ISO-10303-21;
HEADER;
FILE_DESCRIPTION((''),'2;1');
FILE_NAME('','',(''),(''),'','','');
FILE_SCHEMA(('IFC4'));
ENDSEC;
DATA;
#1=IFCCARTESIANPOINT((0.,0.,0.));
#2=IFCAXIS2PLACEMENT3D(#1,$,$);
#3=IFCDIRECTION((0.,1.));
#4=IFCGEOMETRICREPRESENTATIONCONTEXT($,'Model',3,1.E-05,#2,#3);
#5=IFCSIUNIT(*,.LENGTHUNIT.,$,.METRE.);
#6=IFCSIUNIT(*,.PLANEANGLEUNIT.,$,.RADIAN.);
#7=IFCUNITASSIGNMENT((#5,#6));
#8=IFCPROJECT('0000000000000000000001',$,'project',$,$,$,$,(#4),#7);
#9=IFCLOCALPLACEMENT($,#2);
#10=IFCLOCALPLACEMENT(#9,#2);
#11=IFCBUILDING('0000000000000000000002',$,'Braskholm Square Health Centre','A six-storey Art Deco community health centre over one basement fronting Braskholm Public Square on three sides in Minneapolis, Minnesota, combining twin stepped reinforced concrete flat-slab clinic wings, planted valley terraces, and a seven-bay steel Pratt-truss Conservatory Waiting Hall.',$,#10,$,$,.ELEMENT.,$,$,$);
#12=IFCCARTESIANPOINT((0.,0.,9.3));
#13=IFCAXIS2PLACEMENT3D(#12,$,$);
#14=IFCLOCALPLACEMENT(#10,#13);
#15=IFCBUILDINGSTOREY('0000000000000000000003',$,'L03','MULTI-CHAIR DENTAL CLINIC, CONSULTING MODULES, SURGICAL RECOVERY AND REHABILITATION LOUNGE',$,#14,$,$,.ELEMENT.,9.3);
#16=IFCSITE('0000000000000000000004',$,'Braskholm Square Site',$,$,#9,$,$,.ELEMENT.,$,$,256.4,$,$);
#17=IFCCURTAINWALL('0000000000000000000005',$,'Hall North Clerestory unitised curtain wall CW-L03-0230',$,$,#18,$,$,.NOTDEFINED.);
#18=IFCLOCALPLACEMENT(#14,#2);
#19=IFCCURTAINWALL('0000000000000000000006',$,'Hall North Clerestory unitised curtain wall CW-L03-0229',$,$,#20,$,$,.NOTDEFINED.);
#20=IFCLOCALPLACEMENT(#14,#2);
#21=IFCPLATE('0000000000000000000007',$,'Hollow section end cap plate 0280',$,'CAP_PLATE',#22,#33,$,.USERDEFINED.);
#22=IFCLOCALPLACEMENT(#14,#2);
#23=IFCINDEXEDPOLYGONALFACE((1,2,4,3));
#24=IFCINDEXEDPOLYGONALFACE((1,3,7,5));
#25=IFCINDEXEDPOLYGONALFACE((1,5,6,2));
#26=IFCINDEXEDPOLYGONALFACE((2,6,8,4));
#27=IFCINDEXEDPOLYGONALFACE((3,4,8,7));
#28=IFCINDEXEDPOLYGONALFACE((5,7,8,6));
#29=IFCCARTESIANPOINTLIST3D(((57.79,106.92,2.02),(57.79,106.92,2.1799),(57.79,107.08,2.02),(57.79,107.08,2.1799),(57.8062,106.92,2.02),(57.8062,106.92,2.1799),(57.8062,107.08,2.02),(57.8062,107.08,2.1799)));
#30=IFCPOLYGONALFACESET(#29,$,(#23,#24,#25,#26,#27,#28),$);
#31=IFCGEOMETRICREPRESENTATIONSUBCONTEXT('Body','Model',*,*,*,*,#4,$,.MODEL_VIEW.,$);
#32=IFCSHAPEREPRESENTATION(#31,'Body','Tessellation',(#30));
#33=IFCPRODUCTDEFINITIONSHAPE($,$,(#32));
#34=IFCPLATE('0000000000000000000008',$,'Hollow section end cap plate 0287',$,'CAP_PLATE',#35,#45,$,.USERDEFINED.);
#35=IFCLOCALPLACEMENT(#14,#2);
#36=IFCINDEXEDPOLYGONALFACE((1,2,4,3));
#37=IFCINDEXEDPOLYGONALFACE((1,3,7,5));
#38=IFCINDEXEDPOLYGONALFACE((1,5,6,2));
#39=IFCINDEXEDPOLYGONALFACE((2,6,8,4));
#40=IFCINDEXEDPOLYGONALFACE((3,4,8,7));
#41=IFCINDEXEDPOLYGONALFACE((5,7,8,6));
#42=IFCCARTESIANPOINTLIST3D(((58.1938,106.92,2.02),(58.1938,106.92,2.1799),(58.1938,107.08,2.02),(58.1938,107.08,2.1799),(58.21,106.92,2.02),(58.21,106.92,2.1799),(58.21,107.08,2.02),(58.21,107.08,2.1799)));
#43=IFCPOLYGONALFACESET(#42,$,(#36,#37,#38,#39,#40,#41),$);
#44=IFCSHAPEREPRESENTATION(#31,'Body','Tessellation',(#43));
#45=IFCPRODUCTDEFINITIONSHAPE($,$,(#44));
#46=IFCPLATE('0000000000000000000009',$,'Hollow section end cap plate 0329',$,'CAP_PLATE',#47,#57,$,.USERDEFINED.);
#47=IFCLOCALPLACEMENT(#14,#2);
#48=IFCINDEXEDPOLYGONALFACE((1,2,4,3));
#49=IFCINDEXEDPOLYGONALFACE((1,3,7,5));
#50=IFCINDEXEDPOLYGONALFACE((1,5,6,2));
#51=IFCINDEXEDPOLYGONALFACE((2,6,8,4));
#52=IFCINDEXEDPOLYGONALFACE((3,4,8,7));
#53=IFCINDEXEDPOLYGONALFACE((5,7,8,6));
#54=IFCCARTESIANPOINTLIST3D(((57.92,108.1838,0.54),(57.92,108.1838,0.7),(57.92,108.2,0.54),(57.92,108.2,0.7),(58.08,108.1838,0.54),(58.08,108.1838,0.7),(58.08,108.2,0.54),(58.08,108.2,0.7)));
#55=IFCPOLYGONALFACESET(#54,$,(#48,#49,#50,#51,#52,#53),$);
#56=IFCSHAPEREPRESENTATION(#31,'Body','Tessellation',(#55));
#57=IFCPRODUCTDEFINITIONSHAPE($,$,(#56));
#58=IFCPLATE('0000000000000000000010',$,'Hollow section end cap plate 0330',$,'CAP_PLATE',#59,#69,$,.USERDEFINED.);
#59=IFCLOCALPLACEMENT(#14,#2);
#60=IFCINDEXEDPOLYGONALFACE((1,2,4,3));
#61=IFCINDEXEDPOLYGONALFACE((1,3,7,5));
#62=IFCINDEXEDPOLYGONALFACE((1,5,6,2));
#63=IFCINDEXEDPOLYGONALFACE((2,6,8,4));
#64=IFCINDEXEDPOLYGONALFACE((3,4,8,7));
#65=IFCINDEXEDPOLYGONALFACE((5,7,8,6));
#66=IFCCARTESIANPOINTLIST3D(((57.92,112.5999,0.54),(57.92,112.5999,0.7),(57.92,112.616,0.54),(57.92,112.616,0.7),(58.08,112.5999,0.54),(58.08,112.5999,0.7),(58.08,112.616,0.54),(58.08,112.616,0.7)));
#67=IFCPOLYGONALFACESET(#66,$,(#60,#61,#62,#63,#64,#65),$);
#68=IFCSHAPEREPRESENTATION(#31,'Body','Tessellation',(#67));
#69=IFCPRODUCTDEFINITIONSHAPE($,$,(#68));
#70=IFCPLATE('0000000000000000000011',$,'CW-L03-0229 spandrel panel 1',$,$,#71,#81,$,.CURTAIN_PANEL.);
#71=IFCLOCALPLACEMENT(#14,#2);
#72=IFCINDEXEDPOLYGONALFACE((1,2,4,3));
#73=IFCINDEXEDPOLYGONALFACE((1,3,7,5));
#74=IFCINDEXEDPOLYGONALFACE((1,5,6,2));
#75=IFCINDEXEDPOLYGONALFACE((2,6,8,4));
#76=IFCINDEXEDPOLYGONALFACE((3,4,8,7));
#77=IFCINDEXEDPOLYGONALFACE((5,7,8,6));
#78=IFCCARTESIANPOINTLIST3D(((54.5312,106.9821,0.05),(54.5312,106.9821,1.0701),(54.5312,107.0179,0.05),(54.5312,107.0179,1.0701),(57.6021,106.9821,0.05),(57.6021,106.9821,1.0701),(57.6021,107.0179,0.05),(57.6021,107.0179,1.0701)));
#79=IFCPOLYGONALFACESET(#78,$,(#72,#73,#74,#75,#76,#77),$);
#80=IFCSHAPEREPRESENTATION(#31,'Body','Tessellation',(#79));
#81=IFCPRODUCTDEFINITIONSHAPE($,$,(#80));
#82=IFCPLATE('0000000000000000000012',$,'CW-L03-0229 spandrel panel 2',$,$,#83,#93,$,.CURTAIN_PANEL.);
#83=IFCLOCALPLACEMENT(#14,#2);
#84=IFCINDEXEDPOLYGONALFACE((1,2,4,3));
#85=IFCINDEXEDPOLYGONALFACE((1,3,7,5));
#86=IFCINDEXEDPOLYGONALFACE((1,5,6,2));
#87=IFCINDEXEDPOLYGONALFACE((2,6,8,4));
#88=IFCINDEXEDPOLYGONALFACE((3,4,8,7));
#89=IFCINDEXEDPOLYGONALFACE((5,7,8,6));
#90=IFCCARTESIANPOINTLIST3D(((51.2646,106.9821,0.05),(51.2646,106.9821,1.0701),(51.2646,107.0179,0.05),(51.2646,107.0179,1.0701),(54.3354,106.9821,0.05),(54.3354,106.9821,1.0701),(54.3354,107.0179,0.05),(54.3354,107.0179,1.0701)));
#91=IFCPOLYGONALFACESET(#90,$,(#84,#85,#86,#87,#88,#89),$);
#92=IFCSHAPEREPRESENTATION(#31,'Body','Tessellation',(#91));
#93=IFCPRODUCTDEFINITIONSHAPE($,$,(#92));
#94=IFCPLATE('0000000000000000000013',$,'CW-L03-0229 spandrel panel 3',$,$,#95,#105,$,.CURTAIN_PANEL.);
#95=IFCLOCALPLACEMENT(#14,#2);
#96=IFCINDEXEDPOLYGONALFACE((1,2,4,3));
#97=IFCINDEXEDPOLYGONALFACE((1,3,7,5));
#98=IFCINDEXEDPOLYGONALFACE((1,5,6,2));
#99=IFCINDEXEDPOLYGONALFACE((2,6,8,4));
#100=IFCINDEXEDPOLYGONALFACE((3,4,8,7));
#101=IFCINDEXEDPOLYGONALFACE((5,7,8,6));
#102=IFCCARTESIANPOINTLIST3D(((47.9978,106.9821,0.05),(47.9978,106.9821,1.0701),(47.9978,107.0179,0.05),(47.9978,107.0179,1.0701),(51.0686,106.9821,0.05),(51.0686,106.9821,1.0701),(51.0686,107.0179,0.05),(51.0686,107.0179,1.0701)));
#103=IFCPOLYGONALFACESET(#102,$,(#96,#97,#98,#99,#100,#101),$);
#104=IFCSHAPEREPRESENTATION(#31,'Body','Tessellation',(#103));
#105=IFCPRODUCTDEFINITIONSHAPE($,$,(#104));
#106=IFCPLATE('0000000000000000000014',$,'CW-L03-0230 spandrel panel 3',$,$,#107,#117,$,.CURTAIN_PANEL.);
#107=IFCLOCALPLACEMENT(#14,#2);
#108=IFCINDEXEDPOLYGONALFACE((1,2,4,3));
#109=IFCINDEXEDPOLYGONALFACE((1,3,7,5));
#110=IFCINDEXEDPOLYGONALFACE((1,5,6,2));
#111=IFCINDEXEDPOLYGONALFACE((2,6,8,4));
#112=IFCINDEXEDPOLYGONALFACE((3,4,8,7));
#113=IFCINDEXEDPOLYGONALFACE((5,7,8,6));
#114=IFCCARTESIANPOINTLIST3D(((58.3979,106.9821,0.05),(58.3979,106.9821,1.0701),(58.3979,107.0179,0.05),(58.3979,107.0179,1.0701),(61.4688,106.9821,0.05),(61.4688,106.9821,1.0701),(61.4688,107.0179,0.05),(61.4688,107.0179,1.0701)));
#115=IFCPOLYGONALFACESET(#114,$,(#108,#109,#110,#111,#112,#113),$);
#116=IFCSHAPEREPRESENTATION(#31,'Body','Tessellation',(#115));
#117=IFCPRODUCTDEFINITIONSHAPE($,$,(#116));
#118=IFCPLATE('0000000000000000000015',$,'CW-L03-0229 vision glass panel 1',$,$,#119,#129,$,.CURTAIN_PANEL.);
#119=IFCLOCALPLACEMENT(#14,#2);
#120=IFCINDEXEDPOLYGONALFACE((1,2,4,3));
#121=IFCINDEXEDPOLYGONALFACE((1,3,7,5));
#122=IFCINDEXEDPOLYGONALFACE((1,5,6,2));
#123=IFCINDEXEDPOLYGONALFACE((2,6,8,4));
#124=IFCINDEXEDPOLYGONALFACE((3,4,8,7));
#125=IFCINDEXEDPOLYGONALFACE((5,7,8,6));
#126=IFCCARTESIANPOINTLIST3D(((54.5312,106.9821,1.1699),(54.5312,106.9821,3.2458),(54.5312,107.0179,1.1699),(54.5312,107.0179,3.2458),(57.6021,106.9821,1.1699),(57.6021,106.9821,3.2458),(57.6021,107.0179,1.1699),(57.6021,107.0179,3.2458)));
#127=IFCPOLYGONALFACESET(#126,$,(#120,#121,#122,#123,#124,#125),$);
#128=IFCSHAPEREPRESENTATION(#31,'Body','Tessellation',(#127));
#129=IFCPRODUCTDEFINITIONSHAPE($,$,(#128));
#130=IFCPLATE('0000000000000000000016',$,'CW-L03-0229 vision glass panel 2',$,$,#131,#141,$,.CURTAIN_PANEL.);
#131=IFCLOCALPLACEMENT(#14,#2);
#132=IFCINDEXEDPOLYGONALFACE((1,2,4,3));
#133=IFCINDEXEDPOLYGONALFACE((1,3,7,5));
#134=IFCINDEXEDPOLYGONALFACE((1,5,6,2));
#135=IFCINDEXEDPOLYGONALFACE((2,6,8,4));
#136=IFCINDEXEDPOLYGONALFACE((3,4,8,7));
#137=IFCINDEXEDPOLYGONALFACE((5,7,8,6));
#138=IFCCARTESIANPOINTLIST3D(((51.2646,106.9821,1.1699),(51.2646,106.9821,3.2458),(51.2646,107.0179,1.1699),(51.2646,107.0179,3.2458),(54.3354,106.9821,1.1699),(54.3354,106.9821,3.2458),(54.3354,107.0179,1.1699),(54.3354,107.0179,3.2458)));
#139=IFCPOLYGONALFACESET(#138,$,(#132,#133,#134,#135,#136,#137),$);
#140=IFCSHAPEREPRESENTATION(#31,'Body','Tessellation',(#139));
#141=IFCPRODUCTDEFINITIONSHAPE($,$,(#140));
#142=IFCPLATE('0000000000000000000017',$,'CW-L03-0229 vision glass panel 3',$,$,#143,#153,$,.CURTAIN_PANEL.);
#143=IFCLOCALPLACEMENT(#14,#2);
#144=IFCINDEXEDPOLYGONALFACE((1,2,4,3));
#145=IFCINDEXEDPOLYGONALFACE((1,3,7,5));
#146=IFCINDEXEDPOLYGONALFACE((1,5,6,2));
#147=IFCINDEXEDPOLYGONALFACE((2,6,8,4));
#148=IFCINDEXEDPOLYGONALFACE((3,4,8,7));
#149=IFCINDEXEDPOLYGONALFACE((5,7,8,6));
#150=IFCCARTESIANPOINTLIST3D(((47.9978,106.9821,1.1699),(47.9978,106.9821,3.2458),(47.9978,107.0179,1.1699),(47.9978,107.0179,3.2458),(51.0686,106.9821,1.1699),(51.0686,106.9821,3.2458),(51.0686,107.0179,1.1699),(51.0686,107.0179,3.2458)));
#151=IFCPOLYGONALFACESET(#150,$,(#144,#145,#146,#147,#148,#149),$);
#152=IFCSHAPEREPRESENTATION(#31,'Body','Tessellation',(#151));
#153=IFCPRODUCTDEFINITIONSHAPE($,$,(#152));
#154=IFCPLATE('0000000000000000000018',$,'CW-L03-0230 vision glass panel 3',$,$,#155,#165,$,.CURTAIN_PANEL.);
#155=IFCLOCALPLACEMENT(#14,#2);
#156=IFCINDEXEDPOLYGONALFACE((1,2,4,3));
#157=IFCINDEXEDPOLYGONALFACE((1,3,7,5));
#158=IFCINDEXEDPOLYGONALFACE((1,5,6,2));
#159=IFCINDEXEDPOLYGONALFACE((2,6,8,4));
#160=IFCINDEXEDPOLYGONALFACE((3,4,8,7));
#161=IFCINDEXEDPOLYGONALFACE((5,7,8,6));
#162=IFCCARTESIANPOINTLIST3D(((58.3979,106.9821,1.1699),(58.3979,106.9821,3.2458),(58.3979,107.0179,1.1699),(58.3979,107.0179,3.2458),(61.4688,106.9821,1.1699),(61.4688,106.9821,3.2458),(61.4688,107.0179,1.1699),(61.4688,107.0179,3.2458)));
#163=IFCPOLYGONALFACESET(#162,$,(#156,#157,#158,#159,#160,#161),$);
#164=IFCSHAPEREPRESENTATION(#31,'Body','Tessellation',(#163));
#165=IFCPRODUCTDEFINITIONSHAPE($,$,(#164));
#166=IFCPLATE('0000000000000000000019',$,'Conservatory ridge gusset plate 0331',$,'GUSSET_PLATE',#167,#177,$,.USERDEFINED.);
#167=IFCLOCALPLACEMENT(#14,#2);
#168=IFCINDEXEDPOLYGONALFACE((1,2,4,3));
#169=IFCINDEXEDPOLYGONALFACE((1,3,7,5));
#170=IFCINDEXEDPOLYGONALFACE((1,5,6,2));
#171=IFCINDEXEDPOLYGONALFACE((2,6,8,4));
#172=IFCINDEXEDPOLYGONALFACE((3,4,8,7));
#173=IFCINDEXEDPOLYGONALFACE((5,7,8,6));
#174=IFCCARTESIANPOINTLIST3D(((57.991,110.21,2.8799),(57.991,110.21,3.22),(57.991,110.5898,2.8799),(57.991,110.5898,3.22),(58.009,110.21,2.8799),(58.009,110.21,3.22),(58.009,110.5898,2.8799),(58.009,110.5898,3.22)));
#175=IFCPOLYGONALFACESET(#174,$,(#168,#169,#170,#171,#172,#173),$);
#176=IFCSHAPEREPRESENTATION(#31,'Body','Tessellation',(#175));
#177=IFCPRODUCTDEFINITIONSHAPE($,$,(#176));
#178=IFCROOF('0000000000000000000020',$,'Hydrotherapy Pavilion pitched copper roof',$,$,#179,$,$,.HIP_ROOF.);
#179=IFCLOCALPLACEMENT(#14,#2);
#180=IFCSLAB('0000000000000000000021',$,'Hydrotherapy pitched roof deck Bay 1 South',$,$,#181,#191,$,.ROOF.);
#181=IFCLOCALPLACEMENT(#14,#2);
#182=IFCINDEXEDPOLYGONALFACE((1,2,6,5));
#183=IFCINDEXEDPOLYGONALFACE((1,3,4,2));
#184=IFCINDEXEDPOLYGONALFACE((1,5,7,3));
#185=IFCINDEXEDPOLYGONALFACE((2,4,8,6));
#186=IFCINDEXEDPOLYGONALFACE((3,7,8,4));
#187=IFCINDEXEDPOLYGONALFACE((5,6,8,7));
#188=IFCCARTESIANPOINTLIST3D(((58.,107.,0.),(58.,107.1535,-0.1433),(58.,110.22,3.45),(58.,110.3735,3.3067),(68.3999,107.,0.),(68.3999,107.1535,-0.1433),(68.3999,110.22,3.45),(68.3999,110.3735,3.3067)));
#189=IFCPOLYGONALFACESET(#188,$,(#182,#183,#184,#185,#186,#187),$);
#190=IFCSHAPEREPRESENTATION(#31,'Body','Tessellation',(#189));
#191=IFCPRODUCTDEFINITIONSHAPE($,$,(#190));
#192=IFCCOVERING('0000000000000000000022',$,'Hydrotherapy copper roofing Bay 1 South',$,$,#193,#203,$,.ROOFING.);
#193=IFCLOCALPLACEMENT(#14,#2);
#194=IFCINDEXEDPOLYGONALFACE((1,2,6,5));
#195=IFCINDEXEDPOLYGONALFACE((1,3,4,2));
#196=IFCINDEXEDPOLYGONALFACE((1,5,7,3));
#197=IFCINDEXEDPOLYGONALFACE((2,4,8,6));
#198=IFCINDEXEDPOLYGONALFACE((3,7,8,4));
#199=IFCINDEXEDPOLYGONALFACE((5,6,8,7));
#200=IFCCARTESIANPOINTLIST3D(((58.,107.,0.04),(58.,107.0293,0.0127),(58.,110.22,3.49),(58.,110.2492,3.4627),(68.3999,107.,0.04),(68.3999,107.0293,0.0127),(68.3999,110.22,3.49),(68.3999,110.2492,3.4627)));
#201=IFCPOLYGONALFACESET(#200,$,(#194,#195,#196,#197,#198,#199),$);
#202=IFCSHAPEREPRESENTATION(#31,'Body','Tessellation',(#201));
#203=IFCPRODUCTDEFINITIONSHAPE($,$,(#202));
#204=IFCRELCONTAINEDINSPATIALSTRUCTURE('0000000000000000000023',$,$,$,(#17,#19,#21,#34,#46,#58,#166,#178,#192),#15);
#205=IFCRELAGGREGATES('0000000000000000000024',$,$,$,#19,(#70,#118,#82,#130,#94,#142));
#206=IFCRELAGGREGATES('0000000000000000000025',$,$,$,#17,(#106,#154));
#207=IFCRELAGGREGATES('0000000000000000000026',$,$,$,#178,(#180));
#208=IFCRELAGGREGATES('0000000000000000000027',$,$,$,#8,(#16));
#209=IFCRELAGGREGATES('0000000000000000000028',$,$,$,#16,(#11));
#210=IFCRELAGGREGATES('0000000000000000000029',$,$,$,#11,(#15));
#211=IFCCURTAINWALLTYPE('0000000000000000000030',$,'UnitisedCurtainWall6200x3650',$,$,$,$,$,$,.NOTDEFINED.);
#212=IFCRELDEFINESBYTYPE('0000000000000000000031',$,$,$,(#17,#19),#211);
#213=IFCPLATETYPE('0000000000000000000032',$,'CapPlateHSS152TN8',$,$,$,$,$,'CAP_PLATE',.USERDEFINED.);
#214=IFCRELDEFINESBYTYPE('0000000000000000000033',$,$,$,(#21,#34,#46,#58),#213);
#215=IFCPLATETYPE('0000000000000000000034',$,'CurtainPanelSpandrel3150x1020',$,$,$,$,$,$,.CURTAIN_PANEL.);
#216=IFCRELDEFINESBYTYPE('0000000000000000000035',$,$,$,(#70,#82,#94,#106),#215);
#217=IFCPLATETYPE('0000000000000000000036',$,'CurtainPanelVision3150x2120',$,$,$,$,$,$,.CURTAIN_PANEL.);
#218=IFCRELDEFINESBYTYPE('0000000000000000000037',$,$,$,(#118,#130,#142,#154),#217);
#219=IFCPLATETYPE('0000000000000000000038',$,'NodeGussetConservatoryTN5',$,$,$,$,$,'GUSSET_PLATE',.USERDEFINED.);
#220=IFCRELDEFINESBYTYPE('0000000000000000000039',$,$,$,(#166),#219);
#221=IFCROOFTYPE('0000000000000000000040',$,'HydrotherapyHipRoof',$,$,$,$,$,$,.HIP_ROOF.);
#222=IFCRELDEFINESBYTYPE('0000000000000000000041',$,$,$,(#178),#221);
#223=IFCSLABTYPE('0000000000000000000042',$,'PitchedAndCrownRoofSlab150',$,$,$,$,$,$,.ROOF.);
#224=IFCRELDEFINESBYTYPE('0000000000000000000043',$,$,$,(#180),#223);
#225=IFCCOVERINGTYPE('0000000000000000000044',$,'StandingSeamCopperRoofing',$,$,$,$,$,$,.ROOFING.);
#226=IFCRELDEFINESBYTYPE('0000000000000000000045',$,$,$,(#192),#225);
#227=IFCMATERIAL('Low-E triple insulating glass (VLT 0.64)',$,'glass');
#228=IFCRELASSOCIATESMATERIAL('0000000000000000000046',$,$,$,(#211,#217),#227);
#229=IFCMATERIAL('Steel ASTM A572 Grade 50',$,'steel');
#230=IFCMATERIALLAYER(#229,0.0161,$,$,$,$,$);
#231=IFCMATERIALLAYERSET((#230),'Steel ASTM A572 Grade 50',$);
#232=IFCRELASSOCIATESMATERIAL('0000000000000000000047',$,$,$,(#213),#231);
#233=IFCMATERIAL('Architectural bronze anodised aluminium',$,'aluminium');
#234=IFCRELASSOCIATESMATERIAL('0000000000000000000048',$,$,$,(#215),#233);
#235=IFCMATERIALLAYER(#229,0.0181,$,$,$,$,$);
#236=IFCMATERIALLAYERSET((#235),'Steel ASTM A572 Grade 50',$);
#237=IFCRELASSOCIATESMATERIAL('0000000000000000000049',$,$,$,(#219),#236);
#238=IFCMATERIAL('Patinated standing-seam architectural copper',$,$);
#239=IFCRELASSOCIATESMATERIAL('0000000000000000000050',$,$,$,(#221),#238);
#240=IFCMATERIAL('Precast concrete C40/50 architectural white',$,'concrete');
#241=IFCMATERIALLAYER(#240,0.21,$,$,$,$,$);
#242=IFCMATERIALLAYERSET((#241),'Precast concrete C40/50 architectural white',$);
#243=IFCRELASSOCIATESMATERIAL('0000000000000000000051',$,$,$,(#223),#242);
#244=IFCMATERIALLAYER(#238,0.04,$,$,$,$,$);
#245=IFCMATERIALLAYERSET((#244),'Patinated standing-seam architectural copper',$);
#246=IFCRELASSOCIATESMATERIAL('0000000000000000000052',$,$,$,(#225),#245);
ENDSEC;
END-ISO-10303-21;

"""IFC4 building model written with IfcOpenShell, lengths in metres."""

from ifc_helpers import new_model, si_unit, direction, frame, origin, origin_2d, place, context, subcontext, project, spatial, polyline, rectangle, outline, extrude, material, layer, layer_set, type_object, element, aggregate, save


model = new_model("IFC4")

# Units and contexts
model_context = context("Model", 3, precision=1e-05, world=origin(), true_north=direction((0.0, 1.0)))
body_context = subcontext(model_context, "Body", "Model", "MODEL_VIEW")
ifc_project = project(units=[si_unit("LENGTHUNIT", "METRE"), si_unit("PLANEANGLEUNIT", "RADIAN")], contexts=[model_context])

# Site, building, storey
site_placement = place(None, origin())
site = spatial("IfcSite", under=ifc_project, at=site_placement, Name="Braskholm Square Site", CompositionType="ELEMENT", RefElevation=256.4)
building_placement = place(site_placement, origin())
building = spatial("IfcBuilding", under=site, at=building_placement, Name="Braskholm Square Health Centre", Description="A six-storey Art Deco community health centre over one basement fronting Braskholm Public Square on three sides in Minneapolis, Minnesota, combining twin stepped reinforced concrete flat-slab clinic wings, planted valley terraces, and a seven-bay steel Pratt-truss Conservatory Waiting Hall.", CompositionType="ELEMENT")
storey_placement = place(building_placement, frame((0.0, 0.0, 9.3)))
storey = spatial("IfcBuildingStorey", under=building, at=storey_placement, Name="L03", Description="MULTI-CHAIR DENTAL CLINIC, CONSULTING MODULES, SURGICAL RECOVERY AND REHABILITATION LOUNGE", CompositionType="ELEMENT", Elevation=9.3)

# Curtain walls
ifc_material_1 = material(Name="Low-E triple insulating glass (VLT 0.64)", Category="glass")
curtain_wall_type = type_object("IfcCurtainWallType", Name="UnitisedCurtainWall6200x3650", PredefinedType="NOTDEFINED", material=ifc_material_1)
curtain_wall_1_placement = place(storey_placement, origin())
curtain_wall_1 = element("IfcCurtainWall", 1, at=curtain_wall_1_placement, inside=storey, type_object=curtain_wall_type, Name="Hall North Clerestory unitised curtain wall CW-L03-0230", PredefinedType="NOTDEFINED")
ifc_material_2 = material(Name="Architectural bronze anodised aluminium", Category="aluminium")
curtain_wall_2_placement = place(storey_placement, origin())
curtain_wall_2 = element("IfcCurtainWall", 2, at=curtain_wall_2_placement, inside=storey, type_object=curtain_wall_type, Name="Hall North Clerestory unitised curtain wall CW-L03-0229", PredefinedType="NOTDEFINED")

# Plates
ifc_material_3 = material(Name="Steel ASTM A572 Grade 50", Category="steel")
ifc_layer_1 = layer(ifc_material_3, 0.0161)
ifc_layer_set_1 = layer_set([ifc_layer_1], Name="Steel ASTM A572 Grade 50")
plate_type_1 = type_object("IfcPlateType", Name="CapPlateHSS152TN8", ElementType="CAP_PLATE", PredefinedType="USERDEFINED", material=ifc_layer_set_1)
for number, where, z_axis, x_axis, name in (
    (3, (57.7981, 107.0, 2.02), (0.0, 0.0, 1.0), (1.0, 0.0, 0.0), "Hollow section end cap plate 0280"),
    (4, (58.2019, 107.0, 2.02), (0.0, 0.0, 1.0), (1.0, 0.0, 0.0), "Hollow section end cap plate 0287"),
    (5, (58.0, 108.1919, 0.54), (0.0, 0.0, 1.0), (0.0, 1.0, 0.0), "Hollow section end cap plate 0329"),
    (6, (58.0, 112.6079, 0.54), (0.0, 0.0, 1.0), (0.0, 1.0, 0.0), "Hollow section end cap plate 0330"),
):
    element("IfcPlate", number, at=place(storey_placement, frame(where, z_axis=z_axis, x_axis=x_axis)), inside=storey, type_object=plate_type_1, Name=name, ObjectType="CAP_PLATE", PredefinedType="USERDEFINED", context=body_context, shape_type="SweptSolid", body=[
        extrude(rectangle(XDim=0.0161, YDim=0.1599, at=origin_2d()), origin(), (0.0, 0.0, 1.0), 0.1599),
    ])

# Plates
plate_type_2 = type_object("IfcPlateType", Name="CurtainPanelSpandrel3150x1020", PredefinedType="CURTAIN_PANEL", material=ifc_material_2)
plate_1_placement = place(storey_placement, frame((56.0667, 107.0, 0.05), z_axis=(0.0, 0.0, 1.0), x_axis=(-1.0, 0.0, 0.0)))
plate_1 = element("IfcPlate", 7, at=plate_1_placement, type_object=plate_type_2, Name="CW-L03-0229 spandrel panel 1", PredefinedType="CURTAIN_PANEL", context=body_context, shape_type="SweptSolid", body=[
    extrude(rectangle(XDim=3.0708, YDim=0.0359, at=origin_2d()), origin(), (0.0, 0.0, 1.0), 1.02),
])
plate_2_placement = place(storey_placement, frame((52.8, 107.0, 0.05), z_axis=(0.0, 0.0, 1.0), x_axis=(-1.0, 0.0, 0.0)))
plate_2 = element("IfcPlate", 8, at=plate_2_placement, type_object=plate_type_2, Name="CW-L03-0229 spandrel panel 2", PredefinedType="CURTAIN_PANEL", context=body_context, shape_type="SweptSolid", body=[
    extrude(rectangle(XDim=3.0708, YDim=0.0359, at=origin_2d()), origin(), (0.0, 0.0, 1.0), 1.02),
])
plate_3_placement = place(storey_placement, frame((49.5332, 107.0, 0.05), z_axis=(0.0, 0.0, 1.0), x_axis=(-1.0, 0.0, 0.0)))
plate_3 = element("IfcPlate", 9, at=plate_3_placement, type_object=plate_type_2, Name="CW-L03-0229 spandrel panel 3", PredefinedType="CURTAIN_PANEL", context=body_context, shape_type="SweptSolid", body=[
    extrude(rectangle(XDim=3.0708, YDim=0.0359, at=origin_2d()), origin(), (0.0, 0.0, 1.0), 1.02),
])
plate_4_placement = place(storey_placement, frame((59.9333, 107.0, 0.05), z_axis=(0.0, 0.0, 1.0), x_axis=(-1.0, 0.0, 0.0)))
plate_4 = element("IfcPlate", 10, at=plate_4_placement, type_object=plate_type_2, Name="CW-L03-0230 spandrel panel 3", PredefinedType="CURTAIN_PANEL", context=body_context, shape_type="SweptSolid", body=[
    extrude(rectangle(XDim=3.0708, YDim=0.0359, at=origin_2d()), origin(), (0.0, 0.0, 1.0), 1.02),
])
plate_type_3 = type_object("IfcPlateType", Name="CurtainPanelVision3150x2120", PredefinedType="CURTAIN_PANEL", material=ifc_material_1)
plate_5_placement = place(storey_placement, frame((56.0667, 107.0, 1.1699), z_axis=(0.0, 0.0, 1.0), x_axis=(-1.0, 0.0, 0.0)))
plate_5 = element("IfcPlate", 11, at=plate_5_placement, type_object=plate_type_3, Name="CW-L03-0229 vision glass panel 1", PredefinedType="CURTAIN_PANEL", context=body_context, shape_type="SweptSolid", body=[
    extrude(rectangle(XDim=3.0708, YDim=0.0359, at=origin_2d()), origin(), (0.0, 0.0, 1.0), 2.0759),
])
plate_6_placement = place(storey_placement, frame((52.8, 107.0, 1.1699), z_axis=(0.0, 0.0, 1.0), x_axis=(-1.0, 0.0, 0.0)))
plate_6 = element("IfcPlate", 12, at=plate_6_placement, type_object=plate_type_3, Name="CW-L03-0229 vision glass panel 2", PredefinedType="CURTAIN_PANEL", context=body_context, shape_type="SweptSolid", body=[
    extrude(rectangle(XDim=3.0708, YDim=0.0359, at=origin_2d()), origin(), (0.0, 0.0, 1.0), 2.0759),
])
plate_7_placement = place(storey_placement, frame((49.5332, 107.0, 1.1699), z_axis=(0.0, 0.0, 1.0), x_axis=(-1.0, 0.0, 0.0)))
plate_7 = element("IfcPlate", 13, at=plate_7_placement, type_object=plate_type_3, Name="CW-L03-0229 vision glass panel 3", PredefinedType="CURTAIN_PANEL", context=body_context, shape_type="SweptSolid", body=[
    extrude(rectangle(XDim=3.0708, YDim=0.0359, at=origin_2d()), origin(), (0.0, 0.0, 1.0), 2.0759),
])
aggregate(curtain_wall_2, [plate_1, plate_5, plate_2, plate_6, plate_3, plate_7])
plate_8_placement = place(storey_placement, frame((59.9333, 107.0, 1.1699), z_axis=(0.0, 0.0, 1.0), x_axis=(-1.0, 0.0, 0.0)))
plate_8 = element("IfcPlate", 14, at=plate_8_placement, type_object=plate_type_3, Name="CW-L03-0230 vision glass panel 3", PredefinedType="CURTAIN_PANEL", context=body_context, shape_type="SweptSolid", body=[
    extrude(rectangle(XDim=3.0708, YDim=0.0359, at=origin_2d()), origin(), (0.0, 0.0, 1.0), 2.0759),
])
aggregate(curtain_wall_1, [plate_4, plate_8])
ifc_layer_2 = layer(ifc_material_3, 0.0181)
ifc_layer_set_2 = layer_set([ifc_layer_2], Name="Steel ASTM A572 Grade 50")
plate_type_4 = type_object("IfcPlateType", Name="NodeGussetConservatoryTN5", ElementType="GUSSET_PLATE", PredefinedType="USERDEFINED", material=ifc_layer_set_2)
plate_9_placement = place(storey_placement, frame((58.0, 110.3999, 2.8799), z_axis=(0.0, 0.0, 1.0), x_axis=(1.0, 0.0, 0.0)))
element("IfcPlate", 15, at=plate_9_placement, inside=storey, type_object=plate_type_4, Name="Conservatory ridge gusset plate 0331", ObjectType="GUSSET_PLATE", PredefinedType="USERDEFINED", context=body_context, shape_type="SweptSolid", body=[
    extrude(rectangle(XDim=0.0181, YDim=0.3799, at=origin_2d()), origin(), (0.0, 0.0, 1.0), 0.3401),
])

# Roof, slab
ifc_material_4 = material(Name="Patinated standing-seam architectural copper")
roof_type = type_object("IfcRoofType", Name="HydrotherapyHipRoof", PredefinedType="HIP_ROOF", material=ifc_material_4)
roof_placement = place(storey_placement, origin())
roof = element("IfcRoof", 16, at=roof_placement, inside=storey, type_object=roof_type, Name="Hydrotherapy Pavilion pitched copper roof", PredefinedType="HIP_ROOF")
ifc_material_5 = material(Name="Precast concrete C40/50 architectural white", Category="concrete")
ifc_layer_3 = layer(ifc_material_5, 0.21)
ifc_layer_set_3 = layer_set([ifc_layer_3], Name="Precast concrete C40/50 architectural white")
slab_type = type_object("IfcSlabType", Name="PitchedAndCrownRoofSlab150", PredefinedType="ROOF", material=ifc_layer_set_3)
slab_placement = place(storey_placement, frame((58.0, 107.0, 0.0), z_axis=(0.0, -0.731054, 0.68232), x_axis=(1.0, 0.0, 0.0)))
slab = element("IfcSlab", 17, at=slab_placement, type_object=slab_type, Name="Hydrotherapy pitched roof deck Bay 1 South", PredefinedType="ROOF", context=body_context, shape_type="SweptSolid", body=[
    extrude(outline(polyline([(0.0, 0.0), (10.3999, 0.0), (10.3999, 4.7191), (0.0, 4.7191), (0.0, 0.0)])), origin(), (0.0, 0.0, -1.0), 0.21),
])
aggregate(roof, [slab])

# Covering
ifc_layer_4 = layer(ifc_material_4, 0.04)
ifc_layer_set_4 = layer_set([ifc_layer_4], Name="Patinated standing-seam architectural copper")
covering_type = type_object("IfcCoveringType", Name="StandingSeamCopperRoofing", PredefinedType="ROOFING", material=ifc_layer_set_4)
covering_placement = place(storey_placement, frame((58.0, 107.0, 0.04), z_axis=(0.0, -0.731054, 0.68232), x_axis=(1.0, 0.0, 0.0)))
element("IfcCovering", 18, at=covering_placement, inside=storey, type_object=covering_type, Name="Hydrotherapy copper roofing Bay 1 South", PredefinedType="ROOFING", context=body_context, shape_type="SweptSolid", body=[
    extrude(outline(polyline([(0.0, 0.0), (10.3999, 0.0), (10.3999, 4.7191), (0.0, 4.7191), (0.0, 0.0)])), origin(), (0.0, 0.0, -1.0), 0.04),
])

save(model, "model.ifc")
